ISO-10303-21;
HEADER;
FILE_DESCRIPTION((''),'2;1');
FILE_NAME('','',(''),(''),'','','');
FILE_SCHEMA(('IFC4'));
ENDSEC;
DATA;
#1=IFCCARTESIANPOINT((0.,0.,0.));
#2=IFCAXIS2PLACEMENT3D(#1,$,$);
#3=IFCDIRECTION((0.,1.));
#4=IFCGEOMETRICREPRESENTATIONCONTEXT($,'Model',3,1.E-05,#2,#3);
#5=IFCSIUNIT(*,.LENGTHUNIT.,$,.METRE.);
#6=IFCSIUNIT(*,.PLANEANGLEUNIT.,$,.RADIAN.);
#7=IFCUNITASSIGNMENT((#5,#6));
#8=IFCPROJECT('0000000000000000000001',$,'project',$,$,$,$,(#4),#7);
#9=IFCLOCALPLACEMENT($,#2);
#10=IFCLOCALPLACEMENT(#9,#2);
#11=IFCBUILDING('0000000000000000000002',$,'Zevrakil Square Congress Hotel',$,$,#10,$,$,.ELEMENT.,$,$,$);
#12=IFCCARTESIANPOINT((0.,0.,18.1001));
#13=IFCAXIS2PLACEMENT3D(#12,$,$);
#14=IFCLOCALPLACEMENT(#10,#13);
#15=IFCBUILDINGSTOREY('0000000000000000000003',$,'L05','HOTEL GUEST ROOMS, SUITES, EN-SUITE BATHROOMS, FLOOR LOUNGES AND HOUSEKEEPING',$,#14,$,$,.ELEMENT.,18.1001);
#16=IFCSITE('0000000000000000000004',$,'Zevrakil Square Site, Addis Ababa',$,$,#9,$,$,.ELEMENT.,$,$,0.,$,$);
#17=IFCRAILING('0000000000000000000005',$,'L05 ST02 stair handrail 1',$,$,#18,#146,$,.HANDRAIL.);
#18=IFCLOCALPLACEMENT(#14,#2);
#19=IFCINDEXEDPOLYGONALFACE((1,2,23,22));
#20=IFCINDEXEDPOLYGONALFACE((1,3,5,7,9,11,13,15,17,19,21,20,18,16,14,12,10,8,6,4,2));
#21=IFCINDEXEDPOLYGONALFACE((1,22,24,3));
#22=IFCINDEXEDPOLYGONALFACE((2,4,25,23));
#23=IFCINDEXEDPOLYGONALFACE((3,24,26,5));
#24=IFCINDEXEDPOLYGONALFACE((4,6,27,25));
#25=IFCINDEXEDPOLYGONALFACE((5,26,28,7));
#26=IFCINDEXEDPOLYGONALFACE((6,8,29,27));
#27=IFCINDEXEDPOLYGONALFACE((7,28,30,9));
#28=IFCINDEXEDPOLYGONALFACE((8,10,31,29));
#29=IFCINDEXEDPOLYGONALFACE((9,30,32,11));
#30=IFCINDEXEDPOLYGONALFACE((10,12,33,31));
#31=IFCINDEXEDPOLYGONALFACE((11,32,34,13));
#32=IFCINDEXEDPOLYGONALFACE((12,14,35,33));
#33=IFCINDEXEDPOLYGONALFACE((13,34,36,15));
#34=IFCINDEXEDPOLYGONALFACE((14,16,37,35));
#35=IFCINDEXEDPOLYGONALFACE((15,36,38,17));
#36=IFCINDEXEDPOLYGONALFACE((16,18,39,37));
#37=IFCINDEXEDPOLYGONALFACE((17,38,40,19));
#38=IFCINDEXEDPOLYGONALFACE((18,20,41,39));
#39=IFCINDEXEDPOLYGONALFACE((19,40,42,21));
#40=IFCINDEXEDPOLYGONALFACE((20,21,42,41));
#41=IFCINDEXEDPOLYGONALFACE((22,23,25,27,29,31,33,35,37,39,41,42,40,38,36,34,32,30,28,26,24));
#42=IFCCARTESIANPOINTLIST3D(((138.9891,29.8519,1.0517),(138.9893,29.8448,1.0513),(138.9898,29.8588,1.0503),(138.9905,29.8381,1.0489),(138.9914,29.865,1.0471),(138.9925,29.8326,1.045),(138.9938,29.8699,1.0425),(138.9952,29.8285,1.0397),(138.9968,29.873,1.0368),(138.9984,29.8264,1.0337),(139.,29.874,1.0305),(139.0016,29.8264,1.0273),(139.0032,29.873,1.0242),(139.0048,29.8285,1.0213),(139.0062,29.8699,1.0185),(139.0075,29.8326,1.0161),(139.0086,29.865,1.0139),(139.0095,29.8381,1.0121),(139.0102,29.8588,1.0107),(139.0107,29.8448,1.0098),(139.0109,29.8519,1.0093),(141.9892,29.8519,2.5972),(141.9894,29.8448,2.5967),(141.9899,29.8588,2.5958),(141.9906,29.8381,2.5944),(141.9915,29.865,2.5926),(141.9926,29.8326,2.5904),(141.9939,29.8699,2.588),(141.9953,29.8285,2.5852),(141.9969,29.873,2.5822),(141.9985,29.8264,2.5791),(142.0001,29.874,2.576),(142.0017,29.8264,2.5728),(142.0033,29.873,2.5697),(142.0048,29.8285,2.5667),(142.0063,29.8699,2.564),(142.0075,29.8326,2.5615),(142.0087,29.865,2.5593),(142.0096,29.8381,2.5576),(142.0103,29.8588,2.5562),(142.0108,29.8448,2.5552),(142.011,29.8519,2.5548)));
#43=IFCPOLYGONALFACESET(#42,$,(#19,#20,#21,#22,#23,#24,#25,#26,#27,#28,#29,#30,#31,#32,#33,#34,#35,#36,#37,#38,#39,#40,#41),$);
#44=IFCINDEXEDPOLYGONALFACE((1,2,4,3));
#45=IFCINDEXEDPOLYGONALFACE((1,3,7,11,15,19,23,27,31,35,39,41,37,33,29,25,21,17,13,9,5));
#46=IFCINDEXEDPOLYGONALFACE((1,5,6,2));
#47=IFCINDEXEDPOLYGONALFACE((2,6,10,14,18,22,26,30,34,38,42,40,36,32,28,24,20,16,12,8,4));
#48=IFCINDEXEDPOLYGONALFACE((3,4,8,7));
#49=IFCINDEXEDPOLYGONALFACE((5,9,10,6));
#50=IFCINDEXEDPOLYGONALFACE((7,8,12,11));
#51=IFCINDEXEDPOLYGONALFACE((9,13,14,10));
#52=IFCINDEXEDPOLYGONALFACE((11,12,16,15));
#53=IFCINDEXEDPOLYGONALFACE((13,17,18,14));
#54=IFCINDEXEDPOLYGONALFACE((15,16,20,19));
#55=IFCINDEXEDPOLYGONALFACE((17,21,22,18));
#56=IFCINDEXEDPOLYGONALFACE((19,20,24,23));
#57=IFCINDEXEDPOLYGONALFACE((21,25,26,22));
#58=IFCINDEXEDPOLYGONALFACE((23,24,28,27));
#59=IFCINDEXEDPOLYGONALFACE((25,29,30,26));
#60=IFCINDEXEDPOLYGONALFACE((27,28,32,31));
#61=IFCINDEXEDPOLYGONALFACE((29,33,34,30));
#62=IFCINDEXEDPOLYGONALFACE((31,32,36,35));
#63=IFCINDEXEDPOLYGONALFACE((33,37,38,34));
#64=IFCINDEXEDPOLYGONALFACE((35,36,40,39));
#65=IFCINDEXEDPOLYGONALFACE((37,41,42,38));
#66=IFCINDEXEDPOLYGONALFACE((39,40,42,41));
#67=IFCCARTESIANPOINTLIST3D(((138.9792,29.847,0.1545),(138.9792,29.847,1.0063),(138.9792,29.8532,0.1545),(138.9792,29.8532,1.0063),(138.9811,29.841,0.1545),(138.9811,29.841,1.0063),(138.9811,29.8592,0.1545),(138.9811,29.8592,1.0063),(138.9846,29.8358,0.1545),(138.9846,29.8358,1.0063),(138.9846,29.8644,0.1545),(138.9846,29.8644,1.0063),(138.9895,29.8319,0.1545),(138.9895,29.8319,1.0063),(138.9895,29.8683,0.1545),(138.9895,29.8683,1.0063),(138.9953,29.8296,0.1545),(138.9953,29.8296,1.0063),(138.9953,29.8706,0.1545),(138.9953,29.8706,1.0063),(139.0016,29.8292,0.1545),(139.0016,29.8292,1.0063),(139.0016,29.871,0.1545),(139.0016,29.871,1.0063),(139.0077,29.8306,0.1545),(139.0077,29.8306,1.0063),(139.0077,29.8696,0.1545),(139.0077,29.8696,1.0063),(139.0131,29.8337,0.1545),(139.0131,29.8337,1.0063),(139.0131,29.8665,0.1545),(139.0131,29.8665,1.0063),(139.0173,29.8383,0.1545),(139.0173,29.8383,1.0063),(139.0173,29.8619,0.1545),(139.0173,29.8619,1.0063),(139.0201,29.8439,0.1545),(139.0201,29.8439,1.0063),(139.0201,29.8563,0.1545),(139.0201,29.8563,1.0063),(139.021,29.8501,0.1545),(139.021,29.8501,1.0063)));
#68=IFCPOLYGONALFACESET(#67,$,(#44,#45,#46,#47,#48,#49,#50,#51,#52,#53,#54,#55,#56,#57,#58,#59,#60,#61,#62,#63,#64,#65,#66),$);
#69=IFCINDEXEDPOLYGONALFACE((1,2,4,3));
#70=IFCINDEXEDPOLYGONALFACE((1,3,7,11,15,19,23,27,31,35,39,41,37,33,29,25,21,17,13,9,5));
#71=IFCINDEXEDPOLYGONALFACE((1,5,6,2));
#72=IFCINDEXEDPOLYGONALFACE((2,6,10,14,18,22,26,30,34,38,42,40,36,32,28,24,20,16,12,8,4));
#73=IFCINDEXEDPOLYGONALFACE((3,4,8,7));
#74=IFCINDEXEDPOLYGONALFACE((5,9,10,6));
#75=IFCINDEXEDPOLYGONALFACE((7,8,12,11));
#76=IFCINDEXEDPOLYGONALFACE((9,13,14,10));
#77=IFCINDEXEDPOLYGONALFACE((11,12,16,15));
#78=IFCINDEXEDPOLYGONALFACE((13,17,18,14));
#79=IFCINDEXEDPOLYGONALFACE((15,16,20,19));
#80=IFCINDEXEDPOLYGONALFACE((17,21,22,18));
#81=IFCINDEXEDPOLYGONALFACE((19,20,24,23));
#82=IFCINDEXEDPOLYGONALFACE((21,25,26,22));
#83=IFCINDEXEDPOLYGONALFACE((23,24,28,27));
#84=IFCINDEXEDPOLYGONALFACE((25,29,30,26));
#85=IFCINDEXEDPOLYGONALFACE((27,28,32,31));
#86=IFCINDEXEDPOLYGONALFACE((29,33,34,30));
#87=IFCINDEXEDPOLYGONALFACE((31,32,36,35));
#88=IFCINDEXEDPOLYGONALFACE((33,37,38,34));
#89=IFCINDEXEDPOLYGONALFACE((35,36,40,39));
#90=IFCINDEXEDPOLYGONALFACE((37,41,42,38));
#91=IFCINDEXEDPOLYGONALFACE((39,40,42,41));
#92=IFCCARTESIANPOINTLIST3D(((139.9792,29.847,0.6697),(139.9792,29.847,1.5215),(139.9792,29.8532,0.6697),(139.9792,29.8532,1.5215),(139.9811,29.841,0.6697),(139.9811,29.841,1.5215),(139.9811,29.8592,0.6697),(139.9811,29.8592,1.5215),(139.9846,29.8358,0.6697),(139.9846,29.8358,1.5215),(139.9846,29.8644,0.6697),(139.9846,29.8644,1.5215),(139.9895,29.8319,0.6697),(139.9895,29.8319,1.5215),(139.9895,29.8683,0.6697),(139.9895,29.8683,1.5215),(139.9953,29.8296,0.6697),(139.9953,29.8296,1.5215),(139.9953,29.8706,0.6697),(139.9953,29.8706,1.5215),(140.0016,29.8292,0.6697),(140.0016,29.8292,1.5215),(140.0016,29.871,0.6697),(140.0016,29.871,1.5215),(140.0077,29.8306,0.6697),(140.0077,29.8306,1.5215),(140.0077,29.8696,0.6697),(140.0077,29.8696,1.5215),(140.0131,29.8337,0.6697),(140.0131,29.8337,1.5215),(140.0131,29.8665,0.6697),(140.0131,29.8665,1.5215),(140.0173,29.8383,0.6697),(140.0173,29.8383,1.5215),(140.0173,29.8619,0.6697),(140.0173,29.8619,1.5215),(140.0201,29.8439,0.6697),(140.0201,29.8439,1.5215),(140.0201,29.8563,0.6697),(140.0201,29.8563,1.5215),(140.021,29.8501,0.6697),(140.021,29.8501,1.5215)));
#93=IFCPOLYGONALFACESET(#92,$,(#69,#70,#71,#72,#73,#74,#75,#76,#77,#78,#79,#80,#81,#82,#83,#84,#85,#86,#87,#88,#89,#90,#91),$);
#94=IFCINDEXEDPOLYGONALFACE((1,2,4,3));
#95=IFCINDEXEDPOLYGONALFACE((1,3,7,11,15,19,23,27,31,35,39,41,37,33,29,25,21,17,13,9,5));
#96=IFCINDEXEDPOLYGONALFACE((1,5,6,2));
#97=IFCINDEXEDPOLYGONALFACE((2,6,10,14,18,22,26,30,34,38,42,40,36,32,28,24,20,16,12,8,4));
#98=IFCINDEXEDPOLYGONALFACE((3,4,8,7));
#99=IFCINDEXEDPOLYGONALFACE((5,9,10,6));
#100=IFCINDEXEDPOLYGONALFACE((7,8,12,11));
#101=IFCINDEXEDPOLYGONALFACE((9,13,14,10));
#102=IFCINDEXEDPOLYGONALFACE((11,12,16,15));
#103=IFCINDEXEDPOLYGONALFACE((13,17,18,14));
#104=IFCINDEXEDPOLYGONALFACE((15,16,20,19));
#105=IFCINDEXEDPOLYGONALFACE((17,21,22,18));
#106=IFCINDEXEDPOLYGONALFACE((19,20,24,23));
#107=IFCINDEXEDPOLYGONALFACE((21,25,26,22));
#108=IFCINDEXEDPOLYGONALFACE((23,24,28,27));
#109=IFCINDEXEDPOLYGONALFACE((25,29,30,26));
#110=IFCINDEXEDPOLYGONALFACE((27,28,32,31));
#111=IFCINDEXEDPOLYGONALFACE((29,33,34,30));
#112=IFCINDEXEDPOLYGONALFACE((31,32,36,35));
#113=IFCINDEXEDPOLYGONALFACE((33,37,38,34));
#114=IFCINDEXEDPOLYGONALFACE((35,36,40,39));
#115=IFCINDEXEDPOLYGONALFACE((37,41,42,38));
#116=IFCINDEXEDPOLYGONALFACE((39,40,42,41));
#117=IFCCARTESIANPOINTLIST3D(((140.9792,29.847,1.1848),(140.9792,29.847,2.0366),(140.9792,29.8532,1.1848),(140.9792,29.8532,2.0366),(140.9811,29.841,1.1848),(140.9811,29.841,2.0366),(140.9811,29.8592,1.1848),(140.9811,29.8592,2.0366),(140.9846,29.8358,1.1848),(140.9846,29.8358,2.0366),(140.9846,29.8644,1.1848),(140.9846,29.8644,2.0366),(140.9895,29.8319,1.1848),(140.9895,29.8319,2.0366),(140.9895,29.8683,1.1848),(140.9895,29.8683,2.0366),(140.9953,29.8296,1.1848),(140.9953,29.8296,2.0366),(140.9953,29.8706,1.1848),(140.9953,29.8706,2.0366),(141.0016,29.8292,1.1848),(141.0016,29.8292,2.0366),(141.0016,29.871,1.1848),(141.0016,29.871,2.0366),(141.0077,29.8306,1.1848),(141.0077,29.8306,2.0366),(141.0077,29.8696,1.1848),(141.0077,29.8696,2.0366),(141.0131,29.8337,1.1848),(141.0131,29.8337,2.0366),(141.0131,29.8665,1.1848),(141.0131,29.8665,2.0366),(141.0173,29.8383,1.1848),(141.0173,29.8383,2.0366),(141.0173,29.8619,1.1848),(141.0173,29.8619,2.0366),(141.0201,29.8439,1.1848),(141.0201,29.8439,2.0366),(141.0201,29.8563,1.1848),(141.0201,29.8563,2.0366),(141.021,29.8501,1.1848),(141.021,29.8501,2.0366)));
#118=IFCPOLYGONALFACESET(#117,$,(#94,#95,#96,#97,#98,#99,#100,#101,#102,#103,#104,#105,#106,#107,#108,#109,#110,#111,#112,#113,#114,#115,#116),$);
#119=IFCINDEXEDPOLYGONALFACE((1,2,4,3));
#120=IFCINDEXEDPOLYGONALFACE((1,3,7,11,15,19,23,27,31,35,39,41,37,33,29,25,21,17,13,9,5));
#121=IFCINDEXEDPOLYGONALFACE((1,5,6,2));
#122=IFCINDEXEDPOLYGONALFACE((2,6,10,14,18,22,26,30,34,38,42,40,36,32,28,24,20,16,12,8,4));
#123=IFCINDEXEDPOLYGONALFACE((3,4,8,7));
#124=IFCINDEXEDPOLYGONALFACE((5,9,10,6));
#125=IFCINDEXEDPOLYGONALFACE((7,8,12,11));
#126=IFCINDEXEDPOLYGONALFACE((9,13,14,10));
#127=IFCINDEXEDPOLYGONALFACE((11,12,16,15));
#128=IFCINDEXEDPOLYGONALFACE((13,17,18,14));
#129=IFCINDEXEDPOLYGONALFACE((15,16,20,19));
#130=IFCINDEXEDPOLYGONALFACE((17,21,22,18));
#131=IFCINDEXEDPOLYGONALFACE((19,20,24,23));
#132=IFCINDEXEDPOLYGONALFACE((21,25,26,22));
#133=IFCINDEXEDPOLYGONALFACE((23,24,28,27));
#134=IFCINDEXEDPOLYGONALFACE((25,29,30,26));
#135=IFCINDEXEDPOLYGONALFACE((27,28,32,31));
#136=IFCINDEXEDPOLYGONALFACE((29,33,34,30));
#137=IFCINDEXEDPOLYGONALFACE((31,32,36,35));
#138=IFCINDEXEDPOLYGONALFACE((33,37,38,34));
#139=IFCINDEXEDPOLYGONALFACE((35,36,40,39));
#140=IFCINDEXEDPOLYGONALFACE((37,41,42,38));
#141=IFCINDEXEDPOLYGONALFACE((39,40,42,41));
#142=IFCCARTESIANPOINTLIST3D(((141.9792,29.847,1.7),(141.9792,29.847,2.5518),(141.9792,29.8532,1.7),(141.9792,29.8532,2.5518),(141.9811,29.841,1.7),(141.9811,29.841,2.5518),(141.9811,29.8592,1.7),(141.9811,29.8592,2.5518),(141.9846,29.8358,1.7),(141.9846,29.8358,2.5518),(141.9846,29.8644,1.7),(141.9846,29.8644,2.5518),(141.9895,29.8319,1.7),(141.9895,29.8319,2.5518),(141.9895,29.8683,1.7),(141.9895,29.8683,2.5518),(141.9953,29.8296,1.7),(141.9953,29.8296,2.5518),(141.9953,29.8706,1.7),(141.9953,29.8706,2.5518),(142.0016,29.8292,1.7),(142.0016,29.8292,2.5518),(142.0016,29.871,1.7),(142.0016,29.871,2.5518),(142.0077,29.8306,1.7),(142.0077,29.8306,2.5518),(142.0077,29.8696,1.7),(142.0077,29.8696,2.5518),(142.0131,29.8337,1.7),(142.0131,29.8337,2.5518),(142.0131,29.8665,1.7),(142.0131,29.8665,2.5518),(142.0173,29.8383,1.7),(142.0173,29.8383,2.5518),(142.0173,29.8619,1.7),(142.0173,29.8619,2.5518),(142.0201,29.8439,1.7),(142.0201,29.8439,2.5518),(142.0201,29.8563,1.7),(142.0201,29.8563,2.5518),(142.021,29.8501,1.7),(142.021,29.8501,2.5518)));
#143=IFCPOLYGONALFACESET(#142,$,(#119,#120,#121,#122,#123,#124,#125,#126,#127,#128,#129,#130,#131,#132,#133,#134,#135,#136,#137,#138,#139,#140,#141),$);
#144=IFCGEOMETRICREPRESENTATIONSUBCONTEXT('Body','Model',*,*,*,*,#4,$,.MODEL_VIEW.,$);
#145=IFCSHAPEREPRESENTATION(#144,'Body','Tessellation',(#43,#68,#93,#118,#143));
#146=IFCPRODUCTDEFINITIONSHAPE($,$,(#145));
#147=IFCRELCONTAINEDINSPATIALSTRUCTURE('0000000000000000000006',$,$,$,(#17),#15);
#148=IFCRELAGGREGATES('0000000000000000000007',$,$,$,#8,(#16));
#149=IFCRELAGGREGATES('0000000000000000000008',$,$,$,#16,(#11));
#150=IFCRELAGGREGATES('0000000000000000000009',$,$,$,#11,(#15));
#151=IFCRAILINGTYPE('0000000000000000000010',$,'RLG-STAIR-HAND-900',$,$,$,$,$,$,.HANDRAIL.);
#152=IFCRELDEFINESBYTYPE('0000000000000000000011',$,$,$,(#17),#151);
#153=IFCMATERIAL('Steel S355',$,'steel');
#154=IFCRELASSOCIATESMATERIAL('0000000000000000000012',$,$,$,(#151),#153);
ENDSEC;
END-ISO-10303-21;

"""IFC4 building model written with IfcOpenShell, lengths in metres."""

from ifc_helpers import new_model, si_unit, direction, frame, origin, origin_2d, place, context, subcontext, project, spatial, circle, extrude, material, type_object, element, save


model = new_model("IFC4")

# Units and contexts
model_context = context("Model", 3, precision=1e-05, world=origin(), true_north=direction((0.0, 1.0)))
body_context = subcontext(model_context, "Body", "Model", "MODEL_VIEW")
ifc_project = project(units=[si_unit("LENGTHUNIT", "METRE"), si_unit("PLANEANGLEUNIT", "RADIAN")], contexts=[model_context])

# Site, building, storey
site_placement = place(None, origin())
site = spatial("IfcSite", under=ifc_project, at=site_placement, Name="Zevrakil Square Site, Addis Ababa", CompositionType="ELEMENT", RefElevation=0.0)
building_placement = place(site_placement, origin())
building = spatial("IfcBuilding", under=site, at=building_placement, Name="Zevrakil Square Congress Hotel", CompositionType="ELEMENT")
storey_placement = place(building_placement, frame((0.0, 0.0, 18.1001)))
storey = spatial("IfcBuildingStorey", under=building, at=storey_placement, Name="L05", Description="HOTEL GUEST ROOMS, SUITES, EN-SUITE BATHROOMS, FLOOR LOUNGES AND HOUSEKEEPING", CompositionType="ELEMENT", Elevation=18.1001)

# Railing
ifc_material_1 = material(Name="Steel S355", Category="steel")
railing_type_1 = type_object("IfcRailingType", Name="RLG-STAIR-HAND-900", PredefinedType="HANDRAIL", material=ifc_material_1)
railing_1_placement = place(storey_placement, frame((139.0, 29.8501, 0.1545)))
element("IfcRailing", 1, at=railing_1_placement, inside=storey, type_object=railing_type_1, Name="L05 ST02 stair handrail 1", PredefinedType="HANDRAIL", context=body_context, shape_type="SweptSolid", body=[
    extrude(circle(Radius=0.0239, at=origin_2d()), frame((0.0, 0.0, 0.876), z_axis=(0.88898, 0.0, 0.457946), x_axis=(0.0, 1.0, 0.0)), (0.0, 0.0, 1.0), 3.3748),
    extrude(circle(Radius=0.021, at=origin_2d()), origin(), (0.0, 0.0, 1.0), 0.8518),
    extrude(circle(Radius=0.021, at=origin_2d()), frame((1.0, 0.0, 0.5151)), (0.0, 0.0, 1.0), 0.8518),
    extrude(circle(Radius=0.021, at=origin_2d()), frame((2.0, 0.0, 1.0303)), (0.0, 0.0, 1.0), 0.8518),
    extrude(circle(Radius=0.021, at=origin_2d()), frame((3.0, 0.0, 1.5454)), (0.0, 0.0, 1.0), 0.8518),
])

save(model, "model.ifc")
